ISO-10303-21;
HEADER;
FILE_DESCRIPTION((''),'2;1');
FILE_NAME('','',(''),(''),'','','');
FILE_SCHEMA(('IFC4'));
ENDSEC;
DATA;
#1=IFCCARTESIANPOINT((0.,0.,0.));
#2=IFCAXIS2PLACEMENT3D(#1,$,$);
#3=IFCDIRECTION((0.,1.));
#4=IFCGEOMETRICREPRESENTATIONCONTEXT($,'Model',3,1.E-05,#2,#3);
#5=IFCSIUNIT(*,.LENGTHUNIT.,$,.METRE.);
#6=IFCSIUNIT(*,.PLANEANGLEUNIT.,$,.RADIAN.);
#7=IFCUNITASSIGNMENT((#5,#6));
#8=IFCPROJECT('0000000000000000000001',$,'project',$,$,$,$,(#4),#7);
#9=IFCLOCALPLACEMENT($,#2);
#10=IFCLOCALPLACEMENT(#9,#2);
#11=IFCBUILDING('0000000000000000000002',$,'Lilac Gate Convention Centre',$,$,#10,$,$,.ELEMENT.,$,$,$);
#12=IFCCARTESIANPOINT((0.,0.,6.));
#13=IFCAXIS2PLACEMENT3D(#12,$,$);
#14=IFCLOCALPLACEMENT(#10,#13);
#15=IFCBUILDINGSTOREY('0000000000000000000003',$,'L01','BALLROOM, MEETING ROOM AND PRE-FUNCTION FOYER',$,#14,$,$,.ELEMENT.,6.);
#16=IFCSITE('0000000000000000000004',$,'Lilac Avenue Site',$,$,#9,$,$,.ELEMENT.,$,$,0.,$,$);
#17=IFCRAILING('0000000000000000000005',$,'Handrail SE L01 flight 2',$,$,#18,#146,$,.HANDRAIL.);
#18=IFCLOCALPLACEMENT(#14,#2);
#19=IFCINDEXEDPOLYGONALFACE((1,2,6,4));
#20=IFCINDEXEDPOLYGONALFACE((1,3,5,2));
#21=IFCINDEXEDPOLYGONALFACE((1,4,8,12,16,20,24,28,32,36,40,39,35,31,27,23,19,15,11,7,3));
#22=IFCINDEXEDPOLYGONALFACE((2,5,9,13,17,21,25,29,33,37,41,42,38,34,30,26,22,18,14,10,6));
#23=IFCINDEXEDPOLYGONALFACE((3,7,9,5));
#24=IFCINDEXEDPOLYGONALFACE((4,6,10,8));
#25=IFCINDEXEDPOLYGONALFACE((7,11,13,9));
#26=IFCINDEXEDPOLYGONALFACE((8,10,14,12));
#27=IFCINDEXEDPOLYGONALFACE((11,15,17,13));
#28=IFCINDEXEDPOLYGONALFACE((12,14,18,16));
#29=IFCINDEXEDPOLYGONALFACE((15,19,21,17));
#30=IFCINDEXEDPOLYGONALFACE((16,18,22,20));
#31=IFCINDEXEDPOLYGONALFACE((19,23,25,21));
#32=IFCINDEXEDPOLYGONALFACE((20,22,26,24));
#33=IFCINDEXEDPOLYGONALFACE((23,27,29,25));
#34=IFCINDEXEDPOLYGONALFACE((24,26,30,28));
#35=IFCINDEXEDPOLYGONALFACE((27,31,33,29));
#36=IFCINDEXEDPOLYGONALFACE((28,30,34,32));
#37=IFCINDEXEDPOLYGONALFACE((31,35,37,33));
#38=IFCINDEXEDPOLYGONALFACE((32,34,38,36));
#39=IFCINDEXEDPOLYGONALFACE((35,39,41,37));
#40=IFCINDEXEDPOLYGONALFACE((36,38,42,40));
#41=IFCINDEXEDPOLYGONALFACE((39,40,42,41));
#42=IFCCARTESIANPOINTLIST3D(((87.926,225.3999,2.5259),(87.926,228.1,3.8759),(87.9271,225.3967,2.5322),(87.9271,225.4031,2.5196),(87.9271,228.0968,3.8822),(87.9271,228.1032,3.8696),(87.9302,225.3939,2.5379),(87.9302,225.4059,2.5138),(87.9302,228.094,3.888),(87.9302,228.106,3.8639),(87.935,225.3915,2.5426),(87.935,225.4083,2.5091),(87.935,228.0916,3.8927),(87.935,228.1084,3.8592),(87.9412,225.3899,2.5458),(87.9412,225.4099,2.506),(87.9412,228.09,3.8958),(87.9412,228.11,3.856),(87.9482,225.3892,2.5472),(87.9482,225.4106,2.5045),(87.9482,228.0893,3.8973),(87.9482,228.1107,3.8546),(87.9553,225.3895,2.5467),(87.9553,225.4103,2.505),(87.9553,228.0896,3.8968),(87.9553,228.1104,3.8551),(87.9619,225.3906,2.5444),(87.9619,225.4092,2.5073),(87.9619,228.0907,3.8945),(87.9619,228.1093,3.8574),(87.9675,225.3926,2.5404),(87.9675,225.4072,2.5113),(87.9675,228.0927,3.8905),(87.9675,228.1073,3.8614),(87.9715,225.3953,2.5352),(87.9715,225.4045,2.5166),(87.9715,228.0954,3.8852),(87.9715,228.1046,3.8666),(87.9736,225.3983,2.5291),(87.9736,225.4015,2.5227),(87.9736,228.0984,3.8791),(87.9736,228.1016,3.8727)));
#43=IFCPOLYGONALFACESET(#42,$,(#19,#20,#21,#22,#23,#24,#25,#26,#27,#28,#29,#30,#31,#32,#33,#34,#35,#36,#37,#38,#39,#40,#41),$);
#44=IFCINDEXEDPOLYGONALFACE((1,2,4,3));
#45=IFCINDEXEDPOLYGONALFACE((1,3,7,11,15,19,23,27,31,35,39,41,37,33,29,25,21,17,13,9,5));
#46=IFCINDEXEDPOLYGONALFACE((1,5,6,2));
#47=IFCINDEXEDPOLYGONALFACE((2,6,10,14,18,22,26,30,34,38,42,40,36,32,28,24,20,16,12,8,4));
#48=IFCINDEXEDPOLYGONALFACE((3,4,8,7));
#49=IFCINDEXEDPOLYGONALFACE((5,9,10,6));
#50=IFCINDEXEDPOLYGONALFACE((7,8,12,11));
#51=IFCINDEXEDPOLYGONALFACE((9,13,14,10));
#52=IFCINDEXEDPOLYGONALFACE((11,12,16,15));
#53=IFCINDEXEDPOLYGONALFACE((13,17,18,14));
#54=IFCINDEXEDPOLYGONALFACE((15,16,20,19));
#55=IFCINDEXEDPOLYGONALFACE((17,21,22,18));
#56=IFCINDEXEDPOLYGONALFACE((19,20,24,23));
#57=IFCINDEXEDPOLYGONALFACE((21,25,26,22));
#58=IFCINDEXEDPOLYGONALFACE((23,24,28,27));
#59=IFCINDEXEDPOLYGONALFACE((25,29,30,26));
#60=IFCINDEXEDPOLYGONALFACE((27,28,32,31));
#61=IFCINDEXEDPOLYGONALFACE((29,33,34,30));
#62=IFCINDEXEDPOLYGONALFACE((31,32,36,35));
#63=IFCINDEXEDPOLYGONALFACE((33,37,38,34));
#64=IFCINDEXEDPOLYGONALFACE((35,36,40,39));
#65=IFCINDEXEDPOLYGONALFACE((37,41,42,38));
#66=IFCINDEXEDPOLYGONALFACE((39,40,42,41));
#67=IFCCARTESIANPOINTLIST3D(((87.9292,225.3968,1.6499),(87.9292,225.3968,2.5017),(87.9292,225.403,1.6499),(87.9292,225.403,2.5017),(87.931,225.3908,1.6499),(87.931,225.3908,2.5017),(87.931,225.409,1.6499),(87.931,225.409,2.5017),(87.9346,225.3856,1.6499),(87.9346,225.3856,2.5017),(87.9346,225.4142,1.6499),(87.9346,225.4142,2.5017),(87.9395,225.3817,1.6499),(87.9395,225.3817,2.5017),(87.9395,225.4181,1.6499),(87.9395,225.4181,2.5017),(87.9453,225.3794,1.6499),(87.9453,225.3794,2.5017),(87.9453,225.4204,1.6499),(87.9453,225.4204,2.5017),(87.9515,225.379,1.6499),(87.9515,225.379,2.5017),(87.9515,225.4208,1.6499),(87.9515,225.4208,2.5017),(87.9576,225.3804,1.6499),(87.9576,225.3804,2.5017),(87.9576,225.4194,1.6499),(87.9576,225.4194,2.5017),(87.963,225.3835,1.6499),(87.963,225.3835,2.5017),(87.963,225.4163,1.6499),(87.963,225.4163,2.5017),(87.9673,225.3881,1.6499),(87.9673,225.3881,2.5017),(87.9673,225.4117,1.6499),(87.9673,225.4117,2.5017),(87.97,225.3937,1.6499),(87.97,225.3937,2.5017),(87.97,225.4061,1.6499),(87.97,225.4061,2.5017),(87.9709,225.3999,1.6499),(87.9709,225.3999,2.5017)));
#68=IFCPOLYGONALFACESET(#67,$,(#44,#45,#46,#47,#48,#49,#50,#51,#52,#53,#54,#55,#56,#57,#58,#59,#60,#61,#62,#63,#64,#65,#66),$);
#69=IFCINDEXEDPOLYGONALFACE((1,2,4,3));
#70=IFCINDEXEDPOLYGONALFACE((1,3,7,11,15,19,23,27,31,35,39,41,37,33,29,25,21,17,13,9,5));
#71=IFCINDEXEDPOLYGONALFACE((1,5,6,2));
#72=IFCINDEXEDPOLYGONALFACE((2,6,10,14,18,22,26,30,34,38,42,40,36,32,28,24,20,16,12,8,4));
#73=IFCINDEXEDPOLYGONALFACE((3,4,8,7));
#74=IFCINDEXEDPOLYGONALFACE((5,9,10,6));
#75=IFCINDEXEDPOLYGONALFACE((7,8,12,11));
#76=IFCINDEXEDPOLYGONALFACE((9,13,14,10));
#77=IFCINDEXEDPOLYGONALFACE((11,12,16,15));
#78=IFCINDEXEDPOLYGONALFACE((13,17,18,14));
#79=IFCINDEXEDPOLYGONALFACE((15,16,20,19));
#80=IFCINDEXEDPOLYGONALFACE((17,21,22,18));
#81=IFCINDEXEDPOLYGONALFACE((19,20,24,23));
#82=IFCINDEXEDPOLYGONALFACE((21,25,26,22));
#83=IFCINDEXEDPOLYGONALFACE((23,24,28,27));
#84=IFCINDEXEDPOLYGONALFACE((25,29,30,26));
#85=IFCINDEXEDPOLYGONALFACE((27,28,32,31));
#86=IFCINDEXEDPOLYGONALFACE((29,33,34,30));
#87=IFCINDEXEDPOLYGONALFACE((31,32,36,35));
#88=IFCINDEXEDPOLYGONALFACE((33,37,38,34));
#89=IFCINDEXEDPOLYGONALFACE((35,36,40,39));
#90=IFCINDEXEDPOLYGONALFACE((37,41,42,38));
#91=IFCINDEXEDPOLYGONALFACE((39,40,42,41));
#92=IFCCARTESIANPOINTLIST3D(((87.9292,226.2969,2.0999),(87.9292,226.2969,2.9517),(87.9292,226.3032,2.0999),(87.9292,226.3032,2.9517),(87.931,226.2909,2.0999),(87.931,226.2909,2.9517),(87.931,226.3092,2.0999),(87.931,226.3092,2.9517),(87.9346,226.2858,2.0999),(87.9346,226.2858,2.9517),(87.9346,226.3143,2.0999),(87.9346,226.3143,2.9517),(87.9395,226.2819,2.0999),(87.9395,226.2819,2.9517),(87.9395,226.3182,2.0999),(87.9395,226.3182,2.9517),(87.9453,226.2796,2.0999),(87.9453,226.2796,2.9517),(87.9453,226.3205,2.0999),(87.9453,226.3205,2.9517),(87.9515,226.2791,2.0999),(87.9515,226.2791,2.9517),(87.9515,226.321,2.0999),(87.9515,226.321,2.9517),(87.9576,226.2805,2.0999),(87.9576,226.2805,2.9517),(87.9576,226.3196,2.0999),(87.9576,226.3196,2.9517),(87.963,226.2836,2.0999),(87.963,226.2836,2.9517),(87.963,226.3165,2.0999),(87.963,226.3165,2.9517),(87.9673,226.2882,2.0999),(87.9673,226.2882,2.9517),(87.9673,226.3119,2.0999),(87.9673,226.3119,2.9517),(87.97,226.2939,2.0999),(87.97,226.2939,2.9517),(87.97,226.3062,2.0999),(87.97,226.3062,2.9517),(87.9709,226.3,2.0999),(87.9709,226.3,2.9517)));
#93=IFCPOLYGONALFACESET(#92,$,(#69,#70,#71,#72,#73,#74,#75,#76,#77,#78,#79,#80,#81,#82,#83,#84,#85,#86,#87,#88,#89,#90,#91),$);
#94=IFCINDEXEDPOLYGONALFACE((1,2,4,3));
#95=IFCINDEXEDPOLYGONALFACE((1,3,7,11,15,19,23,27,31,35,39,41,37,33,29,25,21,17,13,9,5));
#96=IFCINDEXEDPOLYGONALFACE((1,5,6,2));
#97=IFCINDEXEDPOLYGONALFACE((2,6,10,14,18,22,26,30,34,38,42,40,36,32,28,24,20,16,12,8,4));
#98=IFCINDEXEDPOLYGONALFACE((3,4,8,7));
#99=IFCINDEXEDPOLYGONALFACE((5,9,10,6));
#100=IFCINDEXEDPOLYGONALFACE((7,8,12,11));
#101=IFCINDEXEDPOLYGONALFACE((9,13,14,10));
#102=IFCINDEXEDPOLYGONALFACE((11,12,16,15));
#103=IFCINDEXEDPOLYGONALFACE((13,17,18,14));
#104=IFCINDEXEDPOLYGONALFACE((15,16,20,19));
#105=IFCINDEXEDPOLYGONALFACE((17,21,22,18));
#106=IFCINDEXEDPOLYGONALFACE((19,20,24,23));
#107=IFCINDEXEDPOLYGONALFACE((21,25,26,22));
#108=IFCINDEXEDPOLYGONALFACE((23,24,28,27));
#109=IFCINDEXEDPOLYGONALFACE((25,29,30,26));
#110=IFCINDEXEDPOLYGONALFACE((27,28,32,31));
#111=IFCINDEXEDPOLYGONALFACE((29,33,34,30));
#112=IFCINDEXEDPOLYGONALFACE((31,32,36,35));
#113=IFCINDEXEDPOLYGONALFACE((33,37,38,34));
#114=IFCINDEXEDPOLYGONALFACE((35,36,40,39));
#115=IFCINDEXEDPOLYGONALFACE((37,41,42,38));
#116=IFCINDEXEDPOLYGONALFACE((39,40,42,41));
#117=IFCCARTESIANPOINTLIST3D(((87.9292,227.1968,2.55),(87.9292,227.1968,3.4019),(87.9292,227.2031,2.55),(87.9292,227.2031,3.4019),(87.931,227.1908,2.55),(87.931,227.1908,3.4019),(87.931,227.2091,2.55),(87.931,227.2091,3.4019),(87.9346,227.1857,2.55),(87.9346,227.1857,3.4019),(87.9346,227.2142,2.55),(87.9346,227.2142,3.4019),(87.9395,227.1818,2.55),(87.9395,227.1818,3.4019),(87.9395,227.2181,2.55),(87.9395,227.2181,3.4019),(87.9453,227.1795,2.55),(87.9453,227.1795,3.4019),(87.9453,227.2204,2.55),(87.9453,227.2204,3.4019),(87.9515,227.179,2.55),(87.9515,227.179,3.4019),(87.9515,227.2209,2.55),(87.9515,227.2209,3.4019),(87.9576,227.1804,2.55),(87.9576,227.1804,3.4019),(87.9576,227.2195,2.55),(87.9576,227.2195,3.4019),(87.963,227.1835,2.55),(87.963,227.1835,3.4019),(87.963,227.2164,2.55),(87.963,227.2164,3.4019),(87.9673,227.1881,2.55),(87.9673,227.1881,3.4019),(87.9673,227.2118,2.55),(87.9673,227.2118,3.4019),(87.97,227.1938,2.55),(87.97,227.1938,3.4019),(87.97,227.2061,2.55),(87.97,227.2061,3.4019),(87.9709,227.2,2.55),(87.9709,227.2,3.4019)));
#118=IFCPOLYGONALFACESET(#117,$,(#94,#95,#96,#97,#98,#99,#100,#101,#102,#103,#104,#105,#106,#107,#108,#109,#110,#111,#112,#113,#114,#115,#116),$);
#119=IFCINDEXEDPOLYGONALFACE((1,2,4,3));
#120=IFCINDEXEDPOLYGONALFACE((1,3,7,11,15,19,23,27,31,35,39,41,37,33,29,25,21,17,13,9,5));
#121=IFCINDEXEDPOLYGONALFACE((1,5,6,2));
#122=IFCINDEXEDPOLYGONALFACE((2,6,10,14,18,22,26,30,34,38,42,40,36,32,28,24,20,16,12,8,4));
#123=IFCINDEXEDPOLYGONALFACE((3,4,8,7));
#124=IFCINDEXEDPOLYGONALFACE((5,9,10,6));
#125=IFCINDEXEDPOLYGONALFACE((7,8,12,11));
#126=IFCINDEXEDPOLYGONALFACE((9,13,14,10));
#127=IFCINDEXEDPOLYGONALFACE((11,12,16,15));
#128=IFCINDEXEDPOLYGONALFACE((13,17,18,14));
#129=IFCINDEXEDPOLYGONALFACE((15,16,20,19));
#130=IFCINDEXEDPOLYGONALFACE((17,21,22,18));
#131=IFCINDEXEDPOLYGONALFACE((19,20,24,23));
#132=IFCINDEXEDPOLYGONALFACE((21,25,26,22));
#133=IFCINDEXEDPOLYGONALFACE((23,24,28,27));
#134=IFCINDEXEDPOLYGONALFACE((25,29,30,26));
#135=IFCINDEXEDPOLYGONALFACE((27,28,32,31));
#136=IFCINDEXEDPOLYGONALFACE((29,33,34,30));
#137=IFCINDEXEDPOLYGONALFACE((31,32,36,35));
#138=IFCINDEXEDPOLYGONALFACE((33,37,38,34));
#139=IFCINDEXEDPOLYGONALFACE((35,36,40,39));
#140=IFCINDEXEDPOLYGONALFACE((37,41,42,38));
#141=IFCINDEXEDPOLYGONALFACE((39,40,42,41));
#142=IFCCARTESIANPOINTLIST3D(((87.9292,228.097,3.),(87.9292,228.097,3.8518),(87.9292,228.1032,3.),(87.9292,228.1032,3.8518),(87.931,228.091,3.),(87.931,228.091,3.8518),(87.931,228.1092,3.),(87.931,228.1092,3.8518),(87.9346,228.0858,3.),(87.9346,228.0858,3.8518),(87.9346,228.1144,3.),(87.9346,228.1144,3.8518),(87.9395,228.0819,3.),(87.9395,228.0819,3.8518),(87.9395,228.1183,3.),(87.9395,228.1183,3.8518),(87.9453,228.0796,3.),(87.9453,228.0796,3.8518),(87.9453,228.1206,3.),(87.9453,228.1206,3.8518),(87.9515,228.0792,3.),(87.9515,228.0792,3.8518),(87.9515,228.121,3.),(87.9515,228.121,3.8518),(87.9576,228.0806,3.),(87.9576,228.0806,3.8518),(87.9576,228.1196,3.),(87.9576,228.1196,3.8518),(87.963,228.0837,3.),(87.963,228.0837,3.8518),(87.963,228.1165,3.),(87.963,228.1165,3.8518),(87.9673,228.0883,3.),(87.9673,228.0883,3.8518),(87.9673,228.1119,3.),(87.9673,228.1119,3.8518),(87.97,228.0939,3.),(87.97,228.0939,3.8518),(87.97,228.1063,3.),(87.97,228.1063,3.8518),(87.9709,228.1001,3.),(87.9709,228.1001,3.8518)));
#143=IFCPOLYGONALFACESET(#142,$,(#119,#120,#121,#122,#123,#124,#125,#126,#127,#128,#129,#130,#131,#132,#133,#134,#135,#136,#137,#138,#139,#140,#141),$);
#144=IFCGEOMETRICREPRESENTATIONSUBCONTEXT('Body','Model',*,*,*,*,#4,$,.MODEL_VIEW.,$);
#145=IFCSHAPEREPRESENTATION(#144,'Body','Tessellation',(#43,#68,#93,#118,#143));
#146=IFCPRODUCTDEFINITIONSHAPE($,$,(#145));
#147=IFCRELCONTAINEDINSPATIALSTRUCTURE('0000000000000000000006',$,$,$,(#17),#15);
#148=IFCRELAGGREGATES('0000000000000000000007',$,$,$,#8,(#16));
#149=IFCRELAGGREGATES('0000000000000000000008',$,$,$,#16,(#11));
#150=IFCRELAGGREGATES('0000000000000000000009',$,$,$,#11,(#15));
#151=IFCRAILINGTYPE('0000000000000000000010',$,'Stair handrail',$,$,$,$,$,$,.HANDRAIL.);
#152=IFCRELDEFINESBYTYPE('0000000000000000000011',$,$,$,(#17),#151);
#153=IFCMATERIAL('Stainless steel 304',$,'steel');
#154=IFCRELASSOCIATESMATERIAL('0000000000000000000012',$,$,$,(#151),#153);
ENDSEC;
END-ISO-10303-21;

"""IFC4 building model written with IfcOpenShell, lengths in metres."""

from ifc_helpers import new_model, si_unit, direction, frame, origin, origin_2d, place, context, subcontext, project, spatial, circle, extrude, material, type_object, element, save


model = new_model("IFC4")

# Units and contexts
model_context = context("Model", 3, precision=1e-05, world=origin(), true_north=direction((0.0, 1.0)))
body_context = subcontext(model_context, "Body", "Model", "MODEL_VIEW")
ifc_project = project(units=[si_unit("LENGTHUNIT", "METRE"), si_unit("PLANEANGLEUNIT", "RADIAN")], contexts=[model_context])

# Site, building, storey
site_placement = place(None, origin())
site = spatial("IfcSite", under=ifc_project, at=site_placement, Name="Lilac Avenue Site", CompositionType="ELEMENT", RefElevation=0.0)
building_placement = place(site_placement, origin())
building = spatial("IfcBuilding", under=site, at=building_placement, Name="Lilac Gate Convention Centre", CompositionType="ELEMENT")
storey_placement = place(building_placement, frame((0.0, 0.0, 6.0)))
storey = spatial("IfcBuildingStorey", under=building, at=storey_placement, Name="L01", Description="BALLROOM, MEETING ROOM AND PRE-FUNCTION FOYER", CompositionType="ELEMENT", Elevation=6.0)

# Railing
ifc_material_1 = material(Name="Stainless steel 304", Category="steel")
railing_type = type_object("IfcRailingType", Name="Stair handrail", PredefinedType="HANDRAIL", material=ifc_material_1)
for number, where, name in (
    (1, (87.95, 225.3999, 1.6499), "Handrail SE L01 flight 2"),
):
    element("IfcRailing", number, at=place(storey_placement, frame(where)), inside=storey, type_object=railing_type, Name=name, PredefinedType="HANDRAIL", context=body_context, shape_type="SweptSolid", body=[
        extrude(circle(Radius=0.0239, at=origin_2d()), frame((0.0, 0.0, 0.876), z_axis=(0.0, 0.894427, 0.447214), x_axis=(-1.0, 0.0, 0.0)), (0.0, 0.0, 1.0), 3.0188),
        extrude(circle(Radius=0.021, at=origin_2d()), origin(), (0.0, 0.0, 1.0), 0.8518),
        extrude(circle(Radius=0.021, at=origin_2d()), frame((0.0, 0.9001, 0.45)), (0.0, 0.0, 1.0), 0.8518),
        extrude(circle(Radius=0.021, at=origin_2d()), frame((0.0, 1.8, 0.9001)), (0.0, 0.0, 1.0), 0.8518),
        extrude(circle(Radius=0.021, at=origin_2d()), frame((0.0, 2.7002, 1.3501)), (0.0, 0.0, 1.0), 0.8518),
    ])

save(model, "model.ifc")
